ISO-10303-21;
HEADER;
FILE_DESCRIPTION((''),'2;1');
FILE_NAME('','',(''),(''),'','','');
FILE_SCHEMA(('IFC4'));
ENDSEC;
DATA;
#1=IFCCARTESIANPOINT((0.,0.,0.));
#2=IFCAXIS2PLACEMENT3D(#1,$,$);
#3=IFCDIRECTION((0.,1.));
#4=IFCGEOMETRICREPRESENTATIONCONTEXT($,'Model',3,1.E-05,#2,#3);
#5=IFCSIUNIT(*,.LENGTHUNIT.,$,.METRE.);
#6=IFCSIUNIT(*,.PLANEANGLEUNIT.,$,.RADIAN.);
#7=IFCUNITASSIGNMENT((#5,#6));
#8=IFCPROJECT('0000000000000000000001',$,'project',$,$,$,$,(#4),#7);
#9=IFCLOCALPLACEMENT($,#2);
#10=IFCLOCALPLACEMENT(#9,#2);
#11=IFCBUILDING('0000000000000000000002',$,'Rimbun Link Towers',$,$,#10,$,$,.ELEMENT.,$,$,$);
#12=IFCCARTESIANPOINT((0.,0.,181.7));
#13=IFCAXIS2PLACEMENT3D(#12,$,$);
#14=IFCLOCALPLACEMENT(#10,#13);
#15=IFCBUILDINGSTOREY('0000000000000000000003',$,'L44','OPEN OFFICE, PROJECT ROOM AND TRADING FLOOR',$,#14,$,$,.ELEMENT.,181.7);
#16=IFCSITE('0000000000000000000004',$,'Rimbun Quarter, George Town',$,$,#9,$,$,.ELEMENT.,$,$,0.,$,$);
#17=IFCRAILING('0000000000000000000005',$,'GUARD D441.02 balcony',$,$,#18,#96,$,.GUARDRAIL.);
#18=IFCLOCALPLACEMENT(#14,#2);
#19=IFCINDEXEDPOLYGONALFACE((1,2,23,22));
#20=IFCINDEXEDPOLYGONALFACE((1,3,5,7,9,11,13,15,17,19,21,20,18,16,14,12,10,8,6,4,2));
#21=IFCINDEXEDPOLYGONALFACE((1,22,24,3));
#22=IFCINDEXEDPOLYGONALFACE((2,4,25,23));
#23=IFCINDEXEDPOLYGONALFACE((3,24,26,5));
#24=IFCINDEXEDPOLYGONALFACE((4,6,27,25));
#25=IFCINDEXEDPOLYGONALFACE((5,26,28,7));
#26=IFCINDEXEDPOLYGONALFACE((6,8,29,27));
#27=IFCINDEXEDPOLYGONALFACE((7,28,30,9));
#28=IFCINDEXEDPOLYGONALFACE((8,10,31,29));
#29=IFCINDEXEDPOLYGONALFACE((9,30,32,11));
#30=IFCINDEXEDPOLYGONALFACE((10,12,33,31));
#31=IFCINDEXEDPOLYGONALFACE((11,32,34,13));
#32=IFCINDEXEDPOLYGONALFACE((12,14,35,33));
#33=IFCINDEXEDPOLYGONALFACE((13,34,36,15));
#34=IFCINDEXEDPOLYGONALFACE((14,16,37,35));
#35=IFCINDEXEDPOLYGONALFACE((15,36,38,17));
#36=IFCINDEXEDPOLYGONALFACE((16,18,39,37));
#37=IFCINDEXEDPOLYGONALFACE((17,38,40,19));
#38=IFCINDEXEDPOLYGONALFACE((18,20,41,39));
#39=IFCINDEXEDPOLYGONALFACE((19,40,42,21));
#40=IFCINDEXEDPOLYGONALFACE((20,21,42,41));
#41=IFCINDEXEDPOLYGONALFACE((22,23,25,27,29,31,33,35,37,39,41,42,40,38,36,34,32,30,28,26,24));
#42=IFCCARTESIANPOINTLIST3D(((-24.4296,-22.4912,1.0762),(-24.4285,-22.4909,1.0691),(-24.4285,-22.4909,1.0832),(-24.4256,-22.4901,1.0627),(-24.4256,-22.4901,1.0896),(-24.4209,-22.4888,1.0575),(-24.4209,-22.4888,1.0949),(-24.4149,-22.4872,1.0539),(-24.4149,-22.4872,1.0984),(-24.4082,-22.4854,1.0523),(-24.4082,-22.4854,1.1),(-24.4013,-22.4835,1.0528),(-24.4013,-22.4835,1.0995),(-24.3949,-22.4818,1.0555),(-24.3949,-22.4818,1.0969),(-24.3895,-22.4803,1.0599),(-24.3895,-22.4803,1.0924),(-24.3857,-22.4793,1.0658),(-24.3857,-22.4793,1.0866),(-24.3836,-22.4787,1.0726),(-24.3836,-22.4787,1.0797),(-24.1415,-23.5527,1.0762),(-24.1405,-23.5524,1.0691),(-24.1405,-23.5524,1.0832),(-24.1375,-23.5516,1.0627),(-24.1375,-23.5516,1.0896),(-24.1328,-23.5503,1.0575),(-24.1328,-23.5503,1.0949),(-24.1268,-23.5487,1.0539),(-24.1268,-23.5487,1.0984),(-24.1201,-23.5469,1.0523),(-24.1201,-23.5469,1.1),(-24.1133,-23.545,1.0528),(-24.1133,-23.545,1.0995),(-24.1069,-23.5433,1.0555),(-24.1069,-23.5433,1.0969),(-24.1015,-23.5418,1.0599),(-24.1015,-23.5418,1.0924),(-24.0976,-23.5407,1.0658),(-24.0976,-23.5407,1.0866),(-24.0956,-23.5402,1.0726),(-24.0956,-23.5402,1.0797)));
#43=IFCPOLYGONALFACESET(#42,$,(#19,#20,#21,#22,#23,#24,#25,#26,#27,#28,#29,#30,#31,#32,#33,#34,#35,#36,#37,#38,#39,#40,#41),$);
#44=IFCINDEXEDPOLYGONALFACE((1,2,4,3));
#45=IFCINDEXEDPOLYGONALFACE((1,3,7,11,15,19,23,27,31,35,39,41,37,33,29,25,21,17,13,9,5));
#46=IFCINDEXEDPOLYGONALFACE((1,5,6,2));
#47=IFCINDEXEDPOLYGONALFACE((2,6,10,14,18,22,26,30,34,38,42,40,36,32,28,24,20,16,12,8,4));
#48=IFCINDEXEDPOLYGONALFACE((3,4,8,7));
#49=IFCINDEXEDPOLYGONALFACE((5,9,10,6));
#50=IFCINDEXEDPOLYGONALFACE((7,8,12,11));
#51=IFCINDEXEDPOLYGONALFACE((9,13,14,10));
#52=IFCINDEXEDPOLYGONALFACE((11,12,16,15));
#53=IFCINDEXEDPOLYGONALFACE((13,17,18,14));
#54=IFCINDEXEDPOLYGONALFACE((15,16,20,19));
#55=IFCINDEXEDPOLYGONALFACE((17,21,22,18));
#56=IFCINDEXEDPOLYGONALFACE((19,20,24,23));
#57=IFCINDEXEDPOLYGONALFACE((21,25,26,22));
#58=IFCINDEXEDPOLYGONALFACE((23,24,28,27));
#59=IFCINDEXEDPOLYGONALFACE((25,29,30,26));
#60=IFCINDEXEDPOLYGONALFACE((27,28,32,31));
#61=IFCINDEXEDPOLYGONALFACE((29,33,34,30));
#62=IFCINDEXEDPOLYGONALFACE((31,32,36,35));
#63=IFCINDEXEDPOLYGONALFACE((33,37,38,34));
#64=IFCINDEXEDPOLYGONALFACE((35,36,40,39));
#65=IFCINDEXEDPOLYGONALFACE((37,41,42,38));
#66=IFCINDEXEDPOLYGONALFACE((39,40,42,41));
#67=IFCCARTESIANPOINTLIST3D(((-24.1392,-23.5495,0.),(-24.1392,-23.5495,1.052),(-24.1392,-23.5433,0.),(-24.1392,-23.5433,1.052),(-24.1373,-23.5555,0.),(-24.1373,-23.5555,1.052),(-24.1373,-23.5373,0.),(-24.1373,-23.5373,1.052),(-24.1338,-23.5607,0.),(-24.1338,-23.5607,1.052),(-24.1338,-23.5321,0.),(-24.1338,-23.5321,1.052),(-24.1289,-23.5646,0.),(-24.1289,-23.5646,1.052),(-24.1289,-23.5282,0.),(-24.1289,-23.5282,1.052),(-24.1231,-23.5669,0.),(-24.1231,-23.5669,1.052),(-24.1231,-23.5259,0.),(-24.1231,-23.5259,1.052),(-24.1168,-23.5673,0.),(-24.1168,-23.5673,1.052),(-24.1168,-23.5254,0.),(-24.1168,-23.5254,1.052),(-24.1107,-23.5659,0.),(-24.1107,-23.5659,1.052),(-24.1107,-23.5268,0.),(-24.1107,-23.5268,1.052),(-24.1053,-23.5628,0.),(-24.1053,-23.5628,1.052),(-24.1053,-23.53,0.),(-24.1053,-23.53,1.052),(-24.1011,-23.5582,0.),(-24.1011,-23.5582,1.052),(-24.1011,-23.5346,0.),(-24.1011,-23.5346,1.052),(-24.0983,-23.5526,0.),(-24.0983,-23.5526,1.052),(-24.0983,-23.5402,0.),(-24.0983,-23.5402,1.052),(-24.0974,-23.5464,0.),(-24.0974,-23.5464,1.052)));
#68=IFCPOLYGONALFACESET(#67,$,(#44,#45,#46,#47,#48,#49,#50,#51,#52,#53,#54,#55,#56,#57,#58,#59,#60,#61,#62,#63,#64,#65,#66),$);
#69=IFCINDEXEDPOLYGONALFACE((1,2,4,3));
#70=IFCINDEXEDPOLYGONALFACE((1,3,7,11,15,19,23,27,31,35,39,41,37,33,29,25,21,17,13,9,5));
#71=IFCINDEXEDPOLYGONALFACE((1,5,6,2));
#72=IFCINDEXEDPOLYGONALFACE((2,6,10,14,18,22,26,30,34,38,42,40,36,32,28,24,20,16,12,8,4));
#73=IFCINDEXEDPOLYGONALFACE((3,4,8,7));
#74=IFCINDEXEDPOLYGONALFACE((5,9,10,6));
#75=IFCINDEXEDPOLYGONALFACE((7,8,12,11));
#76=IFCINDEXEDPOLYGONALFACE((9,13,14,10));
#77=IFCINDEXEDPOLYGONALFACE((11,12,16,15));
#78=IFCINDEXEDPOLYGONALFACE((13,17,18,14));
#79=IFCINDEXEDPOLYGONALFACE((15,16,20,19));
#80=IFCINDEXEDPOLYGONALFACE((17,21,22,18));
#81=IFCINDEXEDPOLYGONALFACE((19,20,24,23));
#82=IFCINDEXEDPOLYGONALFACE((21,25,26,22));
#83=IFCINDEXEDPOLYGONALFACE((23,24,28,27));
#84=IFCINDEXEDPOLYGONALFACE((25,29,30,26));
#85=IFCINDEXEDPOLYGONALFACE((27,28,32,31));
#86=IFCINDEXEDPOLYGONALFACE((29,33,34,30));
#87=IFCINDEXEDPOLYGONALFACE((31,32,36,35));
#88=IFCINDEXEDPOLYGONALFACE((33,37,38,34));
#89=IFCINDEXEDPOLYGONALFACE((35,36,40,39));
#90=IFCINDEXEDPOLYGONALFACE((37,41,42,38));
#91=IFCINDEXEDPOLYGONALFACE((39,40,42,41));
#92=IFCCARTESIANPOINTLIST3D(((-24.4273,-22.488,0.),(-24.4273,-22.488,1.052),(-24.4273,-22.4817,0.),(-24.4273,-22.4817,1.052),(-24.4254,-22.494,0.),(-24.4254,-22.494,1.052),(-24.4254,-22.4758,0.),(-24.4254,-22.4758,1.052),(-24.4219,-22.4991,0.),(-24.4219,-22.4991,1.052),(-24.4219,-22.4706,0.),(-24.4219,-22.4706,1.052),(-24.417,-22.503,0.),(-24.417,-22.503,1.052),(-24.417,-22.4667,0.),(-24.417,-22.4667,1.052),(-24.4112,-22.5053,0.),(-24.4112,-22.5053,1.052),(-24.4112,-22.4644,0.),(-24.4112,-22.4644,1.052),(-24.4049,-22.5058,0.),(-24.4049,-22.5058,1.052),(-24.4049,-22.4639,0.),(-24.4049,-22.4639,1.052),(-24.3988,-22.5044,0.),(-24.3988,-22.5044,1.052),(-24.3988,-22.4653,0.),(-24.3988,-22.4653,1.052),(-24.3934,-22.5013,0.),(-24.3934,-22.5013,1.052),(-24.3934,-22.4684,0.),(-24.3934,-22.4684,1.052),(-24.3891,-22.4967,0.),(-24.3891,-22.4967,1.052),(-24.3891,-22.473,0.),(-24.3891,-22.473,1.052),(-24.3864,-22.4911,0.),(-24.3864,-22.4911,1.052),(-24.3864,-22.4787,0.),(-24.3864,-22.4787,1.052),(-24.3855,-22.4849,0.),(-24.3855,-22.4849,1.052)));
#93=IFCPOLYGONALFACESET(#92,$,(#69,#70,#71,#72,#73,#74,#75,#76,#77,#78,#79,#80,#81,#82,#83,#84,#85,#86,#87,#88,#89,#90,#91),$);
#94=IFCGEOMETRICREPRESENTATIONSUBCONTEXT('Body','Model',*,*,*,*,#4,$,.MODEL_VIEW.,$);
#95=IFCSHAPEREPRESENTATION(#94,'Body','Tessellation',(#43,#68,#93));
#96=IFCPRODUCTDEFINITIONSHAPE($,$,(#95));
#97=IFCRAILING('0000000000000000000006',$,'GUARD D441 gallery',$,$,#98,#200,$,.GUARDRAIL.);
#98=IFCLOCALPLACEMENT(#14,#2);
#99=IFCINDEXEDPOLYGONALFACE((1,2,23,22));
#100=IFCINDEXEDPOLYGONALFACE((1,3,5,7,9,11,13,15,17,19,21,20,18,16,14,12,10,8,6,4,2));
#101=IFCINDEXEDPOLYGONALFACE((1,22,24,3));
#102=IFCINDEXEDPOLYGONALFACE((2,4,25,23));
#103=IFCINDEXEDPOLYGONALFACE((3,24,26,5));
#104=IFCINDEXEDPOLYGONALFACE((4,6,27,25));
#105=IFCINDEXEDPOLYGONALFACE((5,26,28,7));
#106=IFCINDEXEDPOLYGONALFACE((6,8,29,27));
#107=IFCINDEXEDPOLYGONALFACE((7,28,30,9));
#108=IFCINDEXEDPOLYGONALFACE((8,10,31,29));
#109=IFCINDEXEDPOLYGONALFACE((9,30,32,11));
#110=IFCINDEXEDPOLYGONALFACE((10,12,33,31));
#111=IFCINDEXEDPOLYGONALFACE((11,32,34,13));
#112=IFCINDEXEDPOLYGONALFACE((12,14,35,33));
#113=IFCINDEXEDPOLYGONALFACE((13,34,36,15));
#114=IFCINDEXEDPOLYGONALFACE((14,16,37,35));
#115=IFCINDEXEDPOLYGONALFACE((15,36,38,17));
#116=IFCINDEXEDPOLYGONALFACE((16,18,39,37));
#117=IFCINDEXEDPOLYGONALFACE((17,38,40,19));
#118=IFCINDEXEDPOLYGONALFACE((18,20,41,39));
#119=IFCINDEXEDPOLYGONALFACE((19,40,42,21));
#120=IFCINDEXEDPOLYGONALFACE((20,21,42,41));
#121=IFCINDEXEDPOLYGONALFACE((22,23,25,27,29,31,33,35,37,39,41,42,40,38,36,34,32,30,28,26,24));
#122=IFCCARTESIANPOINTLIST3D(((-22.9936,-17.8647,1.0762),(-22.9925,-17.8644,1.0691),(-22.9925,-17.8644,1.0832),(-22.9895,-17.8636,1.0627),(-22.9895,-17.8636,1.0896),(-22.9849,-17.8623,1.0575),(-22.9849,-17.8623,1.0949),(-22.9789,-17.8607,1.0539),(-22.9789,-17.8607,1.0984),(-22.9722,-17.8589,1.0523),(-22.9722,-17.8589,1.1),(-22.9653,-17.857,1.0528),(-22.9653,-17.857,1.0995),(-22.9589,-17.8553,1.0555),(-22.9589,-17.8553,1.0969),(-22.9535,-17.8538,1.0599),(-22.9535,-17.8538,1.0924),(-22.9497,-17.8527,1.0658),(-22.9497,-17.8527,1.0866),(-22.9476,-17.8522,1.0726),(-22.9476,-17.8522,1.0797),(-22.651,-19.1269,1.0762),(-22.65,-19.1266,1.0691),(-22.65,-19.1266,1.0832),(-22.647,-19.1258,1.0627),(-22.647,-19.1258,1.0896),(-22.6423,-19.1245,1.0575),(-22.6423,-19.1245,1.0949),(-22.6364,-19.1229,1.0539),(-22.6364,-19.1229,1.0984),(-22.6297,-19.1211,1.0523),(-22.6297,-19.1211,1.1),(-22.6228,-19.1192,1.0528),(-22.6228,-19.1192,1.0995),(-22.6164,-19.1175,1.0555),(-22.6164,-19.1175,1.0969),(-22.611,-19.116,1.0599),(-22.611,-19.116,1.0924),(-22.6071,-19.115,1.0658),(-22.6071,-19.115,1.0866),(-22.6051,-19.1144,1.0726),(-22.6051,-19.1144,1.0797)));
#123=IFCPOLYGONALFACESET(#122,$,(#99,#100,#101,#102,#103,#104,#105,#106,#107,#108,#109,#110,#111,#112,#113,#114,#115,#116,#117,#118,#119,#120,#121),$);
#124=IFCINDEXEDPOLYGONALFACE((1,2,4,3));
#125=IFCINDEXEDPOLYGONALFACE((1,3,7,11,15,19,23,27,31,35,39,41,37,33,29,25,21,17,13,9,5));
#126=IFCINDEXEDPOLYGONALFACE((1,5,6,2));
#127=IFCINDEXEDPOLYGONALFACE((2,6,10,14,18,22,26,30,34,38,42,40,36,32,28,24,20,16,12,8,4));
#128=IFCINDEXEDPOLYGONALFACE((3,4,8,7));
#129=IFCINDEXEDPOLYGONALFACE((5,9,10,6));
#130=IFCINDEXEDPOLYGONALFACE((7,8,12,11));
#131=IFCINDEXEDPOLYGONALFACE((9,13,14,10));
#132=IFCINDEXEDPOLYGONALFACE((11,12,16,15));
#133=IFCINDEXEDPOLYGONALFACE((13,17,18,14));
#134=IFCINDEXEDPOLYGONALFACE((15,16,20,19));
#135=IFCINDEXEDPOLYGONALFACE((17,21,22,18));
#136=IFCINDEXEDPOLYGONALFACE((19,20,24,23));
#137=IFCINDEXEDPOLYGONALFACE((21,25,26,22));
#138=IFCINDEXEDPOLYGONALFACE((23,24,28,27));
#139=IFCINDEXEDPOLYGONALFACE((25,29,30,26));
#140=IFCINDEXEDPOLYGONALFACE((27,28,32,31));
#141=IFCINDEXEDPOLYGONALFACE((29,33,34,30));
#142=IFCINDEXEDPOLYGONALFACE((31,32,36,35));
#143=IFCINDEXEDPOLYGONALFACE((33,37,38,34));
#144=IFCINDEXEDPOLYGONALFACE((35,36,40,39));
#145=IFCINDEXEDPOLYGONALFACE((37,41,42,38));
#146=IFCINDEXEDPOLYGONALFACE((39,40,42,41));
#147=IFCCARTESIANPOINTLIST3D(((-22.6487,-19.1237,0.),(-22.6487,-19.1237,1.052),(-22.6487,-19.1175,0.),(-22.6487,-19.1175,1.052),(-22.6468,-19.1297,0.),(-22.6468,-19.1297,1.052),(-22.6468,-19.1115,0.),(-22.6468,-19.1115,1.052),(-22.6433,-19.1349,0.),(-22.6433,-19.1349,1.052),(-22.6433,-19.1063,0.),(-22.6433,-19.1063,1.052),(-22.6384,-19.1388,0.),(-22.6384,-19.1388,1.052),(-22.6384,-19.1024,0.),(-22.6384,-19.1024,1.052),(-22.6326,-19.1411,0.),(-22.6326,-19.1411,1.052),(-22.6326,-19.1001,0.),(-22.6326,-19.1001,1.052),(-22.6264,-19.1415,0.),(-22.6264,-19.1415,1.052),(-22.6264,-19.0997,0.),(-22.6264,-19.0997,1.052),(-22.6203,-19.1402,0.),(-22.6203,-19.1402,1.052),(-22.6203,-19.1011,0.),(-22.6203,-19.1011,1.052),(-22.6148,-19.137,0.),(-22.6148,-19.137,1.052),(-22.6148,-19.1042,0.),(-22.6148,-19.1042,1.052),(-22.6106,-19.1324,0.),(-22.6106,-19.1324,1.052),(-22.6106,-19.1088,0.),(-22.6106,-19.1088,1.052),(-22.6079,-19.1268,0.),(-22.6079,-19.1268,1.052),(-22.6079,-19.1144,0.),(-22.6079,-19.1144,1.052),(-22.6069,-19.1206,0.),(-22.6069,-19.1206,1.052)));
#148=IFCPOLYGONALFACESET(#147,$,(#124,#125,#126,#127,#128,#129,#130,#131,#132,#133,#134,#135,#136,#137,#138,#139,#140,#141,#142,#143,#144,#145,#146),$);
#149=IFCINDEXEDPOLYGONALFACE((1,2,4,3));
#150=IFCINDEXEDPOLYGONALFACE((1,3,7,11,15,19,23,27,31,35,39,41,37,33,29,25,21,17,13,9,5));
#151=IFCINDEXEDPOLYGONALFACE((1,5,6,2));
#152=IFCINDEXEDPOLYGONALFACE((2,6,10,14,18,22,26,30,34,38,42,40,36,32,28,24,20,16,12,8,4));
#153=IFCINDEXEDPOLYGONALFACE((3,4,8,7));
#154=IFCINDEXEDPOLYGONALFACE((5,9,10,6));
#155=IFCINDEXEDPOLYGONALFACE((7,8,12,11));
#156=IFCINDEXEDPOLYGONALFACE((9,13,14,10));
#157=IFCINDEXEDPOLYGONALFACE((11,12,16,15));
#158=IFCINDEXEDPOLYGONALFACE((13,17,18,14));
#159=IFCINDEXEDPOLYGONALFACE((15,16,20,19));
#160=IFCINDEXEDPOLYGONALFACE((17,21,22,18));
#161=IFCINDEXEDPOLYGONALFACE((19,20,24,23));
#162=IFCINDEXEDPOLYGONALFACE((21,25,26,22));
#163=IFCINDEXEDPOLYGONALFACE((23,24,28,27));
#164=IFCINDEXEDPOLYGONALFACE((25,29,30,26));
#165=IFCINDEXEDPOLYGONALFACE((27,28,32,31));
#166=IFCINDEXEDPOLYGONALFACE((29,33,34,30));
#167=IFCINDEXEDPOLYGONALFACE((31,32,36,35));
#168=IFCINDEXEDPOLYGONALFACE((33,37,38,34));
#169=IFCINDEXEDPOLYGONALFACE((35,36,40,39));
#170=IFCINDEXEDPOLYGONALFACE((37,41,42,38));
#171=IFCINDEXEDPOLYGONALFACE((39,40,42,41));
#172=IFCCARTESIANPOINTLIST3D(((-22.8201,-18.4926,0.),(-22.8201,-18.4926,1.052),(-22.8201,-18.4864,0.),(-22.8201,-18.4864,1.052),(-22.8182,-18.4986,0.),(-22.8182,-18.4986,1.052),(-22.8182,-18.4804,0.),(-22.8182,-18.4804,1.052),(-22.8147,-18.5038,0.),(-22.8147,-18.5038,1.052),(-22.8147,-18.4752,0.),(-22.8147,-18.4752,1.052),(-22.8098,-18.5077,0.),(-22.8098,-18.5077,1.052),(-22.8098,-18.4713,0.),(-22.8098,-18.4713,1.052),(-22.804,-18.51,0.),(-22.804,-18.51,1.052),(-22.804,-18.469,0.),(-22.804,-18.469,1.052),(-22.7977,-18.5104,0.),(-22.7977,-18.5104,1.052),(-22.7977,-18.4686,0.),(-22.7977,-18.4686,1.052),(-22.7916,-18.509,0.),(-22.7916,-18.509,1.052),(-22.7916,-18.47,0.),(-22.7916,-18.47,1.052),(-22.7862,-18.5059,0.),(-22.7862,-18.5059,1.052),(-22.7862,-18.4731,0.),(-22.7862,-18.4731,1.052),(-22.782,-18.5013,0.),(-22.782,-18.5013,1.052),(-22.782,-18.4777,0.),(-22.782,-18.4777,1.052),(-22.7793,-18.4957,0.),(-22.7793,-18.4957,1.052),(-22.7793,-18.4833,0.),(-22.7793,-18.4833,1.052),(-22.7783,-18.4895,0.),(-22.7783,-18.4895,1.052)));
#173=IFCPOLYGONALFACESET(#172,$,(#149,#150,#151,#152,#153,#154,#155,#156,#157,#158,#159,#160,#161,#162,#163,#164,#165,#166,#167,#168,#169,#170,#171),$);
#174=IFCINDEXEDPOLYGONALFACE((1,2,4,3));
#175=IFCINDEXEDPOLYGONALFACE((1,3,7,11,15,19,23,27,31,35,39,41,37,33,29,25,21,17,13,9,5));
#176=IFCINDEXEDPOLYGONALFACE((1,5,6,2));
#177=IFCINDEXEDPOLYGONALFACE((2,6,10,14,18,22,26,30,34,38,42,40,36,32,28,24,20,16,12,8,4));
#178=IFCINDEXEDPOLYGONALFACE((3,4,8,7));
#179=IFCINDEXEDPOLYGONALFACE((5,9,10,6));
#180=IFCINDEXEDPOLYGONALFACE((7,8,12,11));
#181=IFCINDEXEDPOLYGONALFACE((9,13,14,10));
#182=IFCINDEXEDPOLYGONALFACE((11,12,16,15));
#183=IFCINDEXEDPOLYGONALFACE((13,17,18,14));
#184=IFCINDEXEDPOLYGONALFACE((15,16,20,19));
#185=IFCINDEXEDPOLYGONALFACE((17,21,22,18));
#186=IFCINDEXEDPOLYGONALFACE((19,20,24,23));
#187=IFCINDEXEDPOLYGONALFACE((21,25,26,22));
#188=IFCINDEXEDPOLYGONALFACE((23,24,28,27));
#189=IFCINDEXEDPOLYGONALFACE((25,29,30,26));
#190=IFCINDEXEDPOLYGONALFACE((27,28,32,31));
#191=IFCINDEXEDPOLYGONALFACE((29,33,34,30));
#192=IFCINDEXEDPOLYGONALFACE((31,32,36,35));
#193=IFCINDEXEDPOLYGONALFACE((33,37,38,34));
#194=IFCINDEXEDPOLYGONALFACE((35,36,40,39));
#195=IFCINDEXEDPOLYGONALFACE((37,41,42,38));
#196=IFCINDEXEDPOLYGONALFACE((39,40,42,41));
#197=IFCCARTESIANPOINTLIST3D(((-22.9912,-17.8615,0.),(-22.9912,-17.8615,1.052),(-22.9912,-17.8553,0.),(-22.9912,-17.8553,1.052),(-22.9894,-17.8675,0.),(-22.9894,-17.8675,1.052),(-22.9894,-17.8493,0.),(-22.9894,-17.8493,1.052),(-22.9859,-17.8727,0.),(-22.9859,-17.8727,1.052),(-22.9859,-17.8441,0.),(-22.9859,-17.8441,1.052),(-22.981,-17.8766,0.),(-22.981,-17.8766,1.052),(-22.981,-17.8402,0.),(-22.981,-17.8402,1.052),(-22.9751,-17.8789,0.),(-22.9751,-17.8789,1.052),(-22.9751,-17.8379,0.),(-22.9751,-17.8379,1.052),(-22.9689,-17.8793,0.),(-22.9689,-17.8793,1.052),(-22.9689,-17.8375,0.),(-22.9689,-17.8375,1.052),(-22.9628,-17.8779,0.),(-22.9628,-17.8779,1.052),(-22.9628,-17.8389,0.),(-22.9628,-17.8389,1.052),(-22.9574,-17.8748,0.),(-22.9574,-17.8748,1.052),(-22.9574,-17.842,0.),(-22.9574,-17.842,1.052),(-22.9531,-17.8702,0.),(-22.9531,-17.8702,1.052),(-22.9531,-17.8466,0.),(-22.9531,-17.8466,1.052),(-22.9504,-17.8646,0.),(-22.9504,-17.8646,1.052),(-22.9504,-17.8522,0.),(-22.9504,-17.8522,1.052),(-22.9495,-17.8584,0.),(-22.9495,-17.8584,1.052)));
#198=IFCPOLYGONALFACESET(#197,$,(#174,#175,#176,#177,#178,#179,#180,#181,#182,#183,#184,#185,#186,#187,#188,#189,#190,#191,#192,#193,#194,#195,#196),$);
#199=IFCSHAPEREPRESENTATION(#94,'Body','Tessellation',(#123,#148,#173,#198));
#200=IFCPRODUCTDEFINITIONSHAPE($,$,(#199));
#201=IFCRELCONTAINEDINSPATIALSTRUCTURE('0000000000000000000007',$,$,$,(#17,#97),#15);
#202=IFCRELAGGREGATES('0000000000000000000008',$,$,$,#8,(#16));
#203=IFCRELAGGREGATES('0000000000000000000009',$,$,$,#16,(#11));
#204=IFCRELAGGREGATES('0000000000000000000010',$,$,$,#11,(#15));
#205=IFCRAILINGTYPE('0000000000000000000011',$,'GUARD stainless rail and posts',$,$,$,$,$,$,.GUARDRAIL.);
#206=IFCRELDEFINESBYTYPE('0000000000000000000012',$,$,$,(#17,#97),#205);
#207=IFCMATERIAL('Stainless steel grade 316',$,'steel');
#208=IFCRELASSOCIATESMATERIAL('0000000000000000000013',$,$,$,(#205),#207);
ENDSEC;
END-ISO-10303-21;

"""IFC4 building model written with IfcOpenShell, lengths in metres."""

from ifc_helpers import new_model, si_unit, direction, frame, origin, origin_2d, place, context, subcontext, project, spatial, circle, extrude, material, type_object, element, save


model = new_model("IFC4")

# Units and contexts
model_context = context("Model", 3, precision=1e-05, world=origin(), true_north=direction((0.0, 1.0)))
body_context = subcontext(model_context, "Body", "Model", "MODEL_VIEW")
ifc_project = project(units=[si_unit("LENGTHUNIT", "METRE"), si_unit("PLANEANGLEUNIT", "RADIAN")], contexts=[model_context])

# Site, building, storey
site_placement = place(None, origin())
site = spatial("IfcSite", under=ifc_project, at=site_placement, Name="Rimbun Quarter, George Town", CompositionType="ELEMENT", RefElevation=0.0)
building_placement = place(site_placement, origin())
building = spatial("IfcBuilding", under=site, at=building_placement, Name="Rimbun Link Towers", CompositionType="ELEMENT")
storey_placement = place(building_placement, frame((0.0, 0.0, 181.7)))
storey = spatial("IfcBuildingStorey", under=building, at=storey_placement, Name="L44", Description="OPEN OFFICE, PROJECT ROOM AND TRADING FLOOR", CompositionType="ELEMENT", Elevation=181.7)

# Railings
ifc_material_1 = material(Name="Stainless steel grade 316", Category="steel")
railing_type = type_object("IfcRailingType", Name="GUARD stainless rail and posts", PredefinedType="GUARDRAIL", material=ifc_material_1)
for number, where, name in (
    (1, (-24.1184, -23.5464, 0.0), "GUARD D441.02 balcony"),
):
    element("IfcRailing", number, at=place(storey_placement, frame(where)), inside=storey, type_object=railing_type, Name=name, PredefinedType="GUARDRAIL", context=body_context, shape_type="SweptSolid", body=[
        extrude(circle(Radius=0.0239, at=origin_2d()), frame((0.0, 0.0, 1.0762), z_axis=(-0.261915, 0.965091, 0.0), x_axis=(-0.965091, -0.261915, 0.0)), (0.0, 0.0, 1.0), 1.0999),
        extrude(circle(Radius=0.021, at=origin_2d()), origin(), (0.0, 0.0, 1.0), 1.052),
        extrude(circle(Radius=0.021, at=origin_2d()), frame((-0.2881, 1.0615, 0.0)), (0.0, 0.0, 1.0), 1.052),
    ])
railing_1_placement = place(storey_placement, frame((-22.6279, -19.1206, 0.0)))
element("IfcRailing", 2, at=railing_1_placement, inside=storey, type_object=railing_type, Name="GUARD D441 gallery", PredefinedType="GUARDRAIL", context=body_context, shape_type="SweptSolid", body=[
    extrude(circle(Radius=0.0239, at=origin_2d()), frame((0.0, 0.0, 1.0762), z_axis=(-0.261901, 0.965095, 0.0), x_axis=(-0.965095, -0.261901, 0.0)), (0.0, 0.0, 1.0), 1.3079),
    extrude(circle(Radius=0.021, at=origin_2d()), origin(), (0.0, 0.0, 1.0), 1.052),
    extrude(circle(Radius=0.021, at=origin_2d()), frame((-0.1714, 0.6311, 0.0)), (0.0, 0.0, 1.0), 1.052),
    extrude(circle(Radius=0.021, at=origin_2d()), frame((-0.3425, 1.2622, 0.0)), (0.0, 0.0, 1.0), 1.052),
])

save(model, "model.ifc")
